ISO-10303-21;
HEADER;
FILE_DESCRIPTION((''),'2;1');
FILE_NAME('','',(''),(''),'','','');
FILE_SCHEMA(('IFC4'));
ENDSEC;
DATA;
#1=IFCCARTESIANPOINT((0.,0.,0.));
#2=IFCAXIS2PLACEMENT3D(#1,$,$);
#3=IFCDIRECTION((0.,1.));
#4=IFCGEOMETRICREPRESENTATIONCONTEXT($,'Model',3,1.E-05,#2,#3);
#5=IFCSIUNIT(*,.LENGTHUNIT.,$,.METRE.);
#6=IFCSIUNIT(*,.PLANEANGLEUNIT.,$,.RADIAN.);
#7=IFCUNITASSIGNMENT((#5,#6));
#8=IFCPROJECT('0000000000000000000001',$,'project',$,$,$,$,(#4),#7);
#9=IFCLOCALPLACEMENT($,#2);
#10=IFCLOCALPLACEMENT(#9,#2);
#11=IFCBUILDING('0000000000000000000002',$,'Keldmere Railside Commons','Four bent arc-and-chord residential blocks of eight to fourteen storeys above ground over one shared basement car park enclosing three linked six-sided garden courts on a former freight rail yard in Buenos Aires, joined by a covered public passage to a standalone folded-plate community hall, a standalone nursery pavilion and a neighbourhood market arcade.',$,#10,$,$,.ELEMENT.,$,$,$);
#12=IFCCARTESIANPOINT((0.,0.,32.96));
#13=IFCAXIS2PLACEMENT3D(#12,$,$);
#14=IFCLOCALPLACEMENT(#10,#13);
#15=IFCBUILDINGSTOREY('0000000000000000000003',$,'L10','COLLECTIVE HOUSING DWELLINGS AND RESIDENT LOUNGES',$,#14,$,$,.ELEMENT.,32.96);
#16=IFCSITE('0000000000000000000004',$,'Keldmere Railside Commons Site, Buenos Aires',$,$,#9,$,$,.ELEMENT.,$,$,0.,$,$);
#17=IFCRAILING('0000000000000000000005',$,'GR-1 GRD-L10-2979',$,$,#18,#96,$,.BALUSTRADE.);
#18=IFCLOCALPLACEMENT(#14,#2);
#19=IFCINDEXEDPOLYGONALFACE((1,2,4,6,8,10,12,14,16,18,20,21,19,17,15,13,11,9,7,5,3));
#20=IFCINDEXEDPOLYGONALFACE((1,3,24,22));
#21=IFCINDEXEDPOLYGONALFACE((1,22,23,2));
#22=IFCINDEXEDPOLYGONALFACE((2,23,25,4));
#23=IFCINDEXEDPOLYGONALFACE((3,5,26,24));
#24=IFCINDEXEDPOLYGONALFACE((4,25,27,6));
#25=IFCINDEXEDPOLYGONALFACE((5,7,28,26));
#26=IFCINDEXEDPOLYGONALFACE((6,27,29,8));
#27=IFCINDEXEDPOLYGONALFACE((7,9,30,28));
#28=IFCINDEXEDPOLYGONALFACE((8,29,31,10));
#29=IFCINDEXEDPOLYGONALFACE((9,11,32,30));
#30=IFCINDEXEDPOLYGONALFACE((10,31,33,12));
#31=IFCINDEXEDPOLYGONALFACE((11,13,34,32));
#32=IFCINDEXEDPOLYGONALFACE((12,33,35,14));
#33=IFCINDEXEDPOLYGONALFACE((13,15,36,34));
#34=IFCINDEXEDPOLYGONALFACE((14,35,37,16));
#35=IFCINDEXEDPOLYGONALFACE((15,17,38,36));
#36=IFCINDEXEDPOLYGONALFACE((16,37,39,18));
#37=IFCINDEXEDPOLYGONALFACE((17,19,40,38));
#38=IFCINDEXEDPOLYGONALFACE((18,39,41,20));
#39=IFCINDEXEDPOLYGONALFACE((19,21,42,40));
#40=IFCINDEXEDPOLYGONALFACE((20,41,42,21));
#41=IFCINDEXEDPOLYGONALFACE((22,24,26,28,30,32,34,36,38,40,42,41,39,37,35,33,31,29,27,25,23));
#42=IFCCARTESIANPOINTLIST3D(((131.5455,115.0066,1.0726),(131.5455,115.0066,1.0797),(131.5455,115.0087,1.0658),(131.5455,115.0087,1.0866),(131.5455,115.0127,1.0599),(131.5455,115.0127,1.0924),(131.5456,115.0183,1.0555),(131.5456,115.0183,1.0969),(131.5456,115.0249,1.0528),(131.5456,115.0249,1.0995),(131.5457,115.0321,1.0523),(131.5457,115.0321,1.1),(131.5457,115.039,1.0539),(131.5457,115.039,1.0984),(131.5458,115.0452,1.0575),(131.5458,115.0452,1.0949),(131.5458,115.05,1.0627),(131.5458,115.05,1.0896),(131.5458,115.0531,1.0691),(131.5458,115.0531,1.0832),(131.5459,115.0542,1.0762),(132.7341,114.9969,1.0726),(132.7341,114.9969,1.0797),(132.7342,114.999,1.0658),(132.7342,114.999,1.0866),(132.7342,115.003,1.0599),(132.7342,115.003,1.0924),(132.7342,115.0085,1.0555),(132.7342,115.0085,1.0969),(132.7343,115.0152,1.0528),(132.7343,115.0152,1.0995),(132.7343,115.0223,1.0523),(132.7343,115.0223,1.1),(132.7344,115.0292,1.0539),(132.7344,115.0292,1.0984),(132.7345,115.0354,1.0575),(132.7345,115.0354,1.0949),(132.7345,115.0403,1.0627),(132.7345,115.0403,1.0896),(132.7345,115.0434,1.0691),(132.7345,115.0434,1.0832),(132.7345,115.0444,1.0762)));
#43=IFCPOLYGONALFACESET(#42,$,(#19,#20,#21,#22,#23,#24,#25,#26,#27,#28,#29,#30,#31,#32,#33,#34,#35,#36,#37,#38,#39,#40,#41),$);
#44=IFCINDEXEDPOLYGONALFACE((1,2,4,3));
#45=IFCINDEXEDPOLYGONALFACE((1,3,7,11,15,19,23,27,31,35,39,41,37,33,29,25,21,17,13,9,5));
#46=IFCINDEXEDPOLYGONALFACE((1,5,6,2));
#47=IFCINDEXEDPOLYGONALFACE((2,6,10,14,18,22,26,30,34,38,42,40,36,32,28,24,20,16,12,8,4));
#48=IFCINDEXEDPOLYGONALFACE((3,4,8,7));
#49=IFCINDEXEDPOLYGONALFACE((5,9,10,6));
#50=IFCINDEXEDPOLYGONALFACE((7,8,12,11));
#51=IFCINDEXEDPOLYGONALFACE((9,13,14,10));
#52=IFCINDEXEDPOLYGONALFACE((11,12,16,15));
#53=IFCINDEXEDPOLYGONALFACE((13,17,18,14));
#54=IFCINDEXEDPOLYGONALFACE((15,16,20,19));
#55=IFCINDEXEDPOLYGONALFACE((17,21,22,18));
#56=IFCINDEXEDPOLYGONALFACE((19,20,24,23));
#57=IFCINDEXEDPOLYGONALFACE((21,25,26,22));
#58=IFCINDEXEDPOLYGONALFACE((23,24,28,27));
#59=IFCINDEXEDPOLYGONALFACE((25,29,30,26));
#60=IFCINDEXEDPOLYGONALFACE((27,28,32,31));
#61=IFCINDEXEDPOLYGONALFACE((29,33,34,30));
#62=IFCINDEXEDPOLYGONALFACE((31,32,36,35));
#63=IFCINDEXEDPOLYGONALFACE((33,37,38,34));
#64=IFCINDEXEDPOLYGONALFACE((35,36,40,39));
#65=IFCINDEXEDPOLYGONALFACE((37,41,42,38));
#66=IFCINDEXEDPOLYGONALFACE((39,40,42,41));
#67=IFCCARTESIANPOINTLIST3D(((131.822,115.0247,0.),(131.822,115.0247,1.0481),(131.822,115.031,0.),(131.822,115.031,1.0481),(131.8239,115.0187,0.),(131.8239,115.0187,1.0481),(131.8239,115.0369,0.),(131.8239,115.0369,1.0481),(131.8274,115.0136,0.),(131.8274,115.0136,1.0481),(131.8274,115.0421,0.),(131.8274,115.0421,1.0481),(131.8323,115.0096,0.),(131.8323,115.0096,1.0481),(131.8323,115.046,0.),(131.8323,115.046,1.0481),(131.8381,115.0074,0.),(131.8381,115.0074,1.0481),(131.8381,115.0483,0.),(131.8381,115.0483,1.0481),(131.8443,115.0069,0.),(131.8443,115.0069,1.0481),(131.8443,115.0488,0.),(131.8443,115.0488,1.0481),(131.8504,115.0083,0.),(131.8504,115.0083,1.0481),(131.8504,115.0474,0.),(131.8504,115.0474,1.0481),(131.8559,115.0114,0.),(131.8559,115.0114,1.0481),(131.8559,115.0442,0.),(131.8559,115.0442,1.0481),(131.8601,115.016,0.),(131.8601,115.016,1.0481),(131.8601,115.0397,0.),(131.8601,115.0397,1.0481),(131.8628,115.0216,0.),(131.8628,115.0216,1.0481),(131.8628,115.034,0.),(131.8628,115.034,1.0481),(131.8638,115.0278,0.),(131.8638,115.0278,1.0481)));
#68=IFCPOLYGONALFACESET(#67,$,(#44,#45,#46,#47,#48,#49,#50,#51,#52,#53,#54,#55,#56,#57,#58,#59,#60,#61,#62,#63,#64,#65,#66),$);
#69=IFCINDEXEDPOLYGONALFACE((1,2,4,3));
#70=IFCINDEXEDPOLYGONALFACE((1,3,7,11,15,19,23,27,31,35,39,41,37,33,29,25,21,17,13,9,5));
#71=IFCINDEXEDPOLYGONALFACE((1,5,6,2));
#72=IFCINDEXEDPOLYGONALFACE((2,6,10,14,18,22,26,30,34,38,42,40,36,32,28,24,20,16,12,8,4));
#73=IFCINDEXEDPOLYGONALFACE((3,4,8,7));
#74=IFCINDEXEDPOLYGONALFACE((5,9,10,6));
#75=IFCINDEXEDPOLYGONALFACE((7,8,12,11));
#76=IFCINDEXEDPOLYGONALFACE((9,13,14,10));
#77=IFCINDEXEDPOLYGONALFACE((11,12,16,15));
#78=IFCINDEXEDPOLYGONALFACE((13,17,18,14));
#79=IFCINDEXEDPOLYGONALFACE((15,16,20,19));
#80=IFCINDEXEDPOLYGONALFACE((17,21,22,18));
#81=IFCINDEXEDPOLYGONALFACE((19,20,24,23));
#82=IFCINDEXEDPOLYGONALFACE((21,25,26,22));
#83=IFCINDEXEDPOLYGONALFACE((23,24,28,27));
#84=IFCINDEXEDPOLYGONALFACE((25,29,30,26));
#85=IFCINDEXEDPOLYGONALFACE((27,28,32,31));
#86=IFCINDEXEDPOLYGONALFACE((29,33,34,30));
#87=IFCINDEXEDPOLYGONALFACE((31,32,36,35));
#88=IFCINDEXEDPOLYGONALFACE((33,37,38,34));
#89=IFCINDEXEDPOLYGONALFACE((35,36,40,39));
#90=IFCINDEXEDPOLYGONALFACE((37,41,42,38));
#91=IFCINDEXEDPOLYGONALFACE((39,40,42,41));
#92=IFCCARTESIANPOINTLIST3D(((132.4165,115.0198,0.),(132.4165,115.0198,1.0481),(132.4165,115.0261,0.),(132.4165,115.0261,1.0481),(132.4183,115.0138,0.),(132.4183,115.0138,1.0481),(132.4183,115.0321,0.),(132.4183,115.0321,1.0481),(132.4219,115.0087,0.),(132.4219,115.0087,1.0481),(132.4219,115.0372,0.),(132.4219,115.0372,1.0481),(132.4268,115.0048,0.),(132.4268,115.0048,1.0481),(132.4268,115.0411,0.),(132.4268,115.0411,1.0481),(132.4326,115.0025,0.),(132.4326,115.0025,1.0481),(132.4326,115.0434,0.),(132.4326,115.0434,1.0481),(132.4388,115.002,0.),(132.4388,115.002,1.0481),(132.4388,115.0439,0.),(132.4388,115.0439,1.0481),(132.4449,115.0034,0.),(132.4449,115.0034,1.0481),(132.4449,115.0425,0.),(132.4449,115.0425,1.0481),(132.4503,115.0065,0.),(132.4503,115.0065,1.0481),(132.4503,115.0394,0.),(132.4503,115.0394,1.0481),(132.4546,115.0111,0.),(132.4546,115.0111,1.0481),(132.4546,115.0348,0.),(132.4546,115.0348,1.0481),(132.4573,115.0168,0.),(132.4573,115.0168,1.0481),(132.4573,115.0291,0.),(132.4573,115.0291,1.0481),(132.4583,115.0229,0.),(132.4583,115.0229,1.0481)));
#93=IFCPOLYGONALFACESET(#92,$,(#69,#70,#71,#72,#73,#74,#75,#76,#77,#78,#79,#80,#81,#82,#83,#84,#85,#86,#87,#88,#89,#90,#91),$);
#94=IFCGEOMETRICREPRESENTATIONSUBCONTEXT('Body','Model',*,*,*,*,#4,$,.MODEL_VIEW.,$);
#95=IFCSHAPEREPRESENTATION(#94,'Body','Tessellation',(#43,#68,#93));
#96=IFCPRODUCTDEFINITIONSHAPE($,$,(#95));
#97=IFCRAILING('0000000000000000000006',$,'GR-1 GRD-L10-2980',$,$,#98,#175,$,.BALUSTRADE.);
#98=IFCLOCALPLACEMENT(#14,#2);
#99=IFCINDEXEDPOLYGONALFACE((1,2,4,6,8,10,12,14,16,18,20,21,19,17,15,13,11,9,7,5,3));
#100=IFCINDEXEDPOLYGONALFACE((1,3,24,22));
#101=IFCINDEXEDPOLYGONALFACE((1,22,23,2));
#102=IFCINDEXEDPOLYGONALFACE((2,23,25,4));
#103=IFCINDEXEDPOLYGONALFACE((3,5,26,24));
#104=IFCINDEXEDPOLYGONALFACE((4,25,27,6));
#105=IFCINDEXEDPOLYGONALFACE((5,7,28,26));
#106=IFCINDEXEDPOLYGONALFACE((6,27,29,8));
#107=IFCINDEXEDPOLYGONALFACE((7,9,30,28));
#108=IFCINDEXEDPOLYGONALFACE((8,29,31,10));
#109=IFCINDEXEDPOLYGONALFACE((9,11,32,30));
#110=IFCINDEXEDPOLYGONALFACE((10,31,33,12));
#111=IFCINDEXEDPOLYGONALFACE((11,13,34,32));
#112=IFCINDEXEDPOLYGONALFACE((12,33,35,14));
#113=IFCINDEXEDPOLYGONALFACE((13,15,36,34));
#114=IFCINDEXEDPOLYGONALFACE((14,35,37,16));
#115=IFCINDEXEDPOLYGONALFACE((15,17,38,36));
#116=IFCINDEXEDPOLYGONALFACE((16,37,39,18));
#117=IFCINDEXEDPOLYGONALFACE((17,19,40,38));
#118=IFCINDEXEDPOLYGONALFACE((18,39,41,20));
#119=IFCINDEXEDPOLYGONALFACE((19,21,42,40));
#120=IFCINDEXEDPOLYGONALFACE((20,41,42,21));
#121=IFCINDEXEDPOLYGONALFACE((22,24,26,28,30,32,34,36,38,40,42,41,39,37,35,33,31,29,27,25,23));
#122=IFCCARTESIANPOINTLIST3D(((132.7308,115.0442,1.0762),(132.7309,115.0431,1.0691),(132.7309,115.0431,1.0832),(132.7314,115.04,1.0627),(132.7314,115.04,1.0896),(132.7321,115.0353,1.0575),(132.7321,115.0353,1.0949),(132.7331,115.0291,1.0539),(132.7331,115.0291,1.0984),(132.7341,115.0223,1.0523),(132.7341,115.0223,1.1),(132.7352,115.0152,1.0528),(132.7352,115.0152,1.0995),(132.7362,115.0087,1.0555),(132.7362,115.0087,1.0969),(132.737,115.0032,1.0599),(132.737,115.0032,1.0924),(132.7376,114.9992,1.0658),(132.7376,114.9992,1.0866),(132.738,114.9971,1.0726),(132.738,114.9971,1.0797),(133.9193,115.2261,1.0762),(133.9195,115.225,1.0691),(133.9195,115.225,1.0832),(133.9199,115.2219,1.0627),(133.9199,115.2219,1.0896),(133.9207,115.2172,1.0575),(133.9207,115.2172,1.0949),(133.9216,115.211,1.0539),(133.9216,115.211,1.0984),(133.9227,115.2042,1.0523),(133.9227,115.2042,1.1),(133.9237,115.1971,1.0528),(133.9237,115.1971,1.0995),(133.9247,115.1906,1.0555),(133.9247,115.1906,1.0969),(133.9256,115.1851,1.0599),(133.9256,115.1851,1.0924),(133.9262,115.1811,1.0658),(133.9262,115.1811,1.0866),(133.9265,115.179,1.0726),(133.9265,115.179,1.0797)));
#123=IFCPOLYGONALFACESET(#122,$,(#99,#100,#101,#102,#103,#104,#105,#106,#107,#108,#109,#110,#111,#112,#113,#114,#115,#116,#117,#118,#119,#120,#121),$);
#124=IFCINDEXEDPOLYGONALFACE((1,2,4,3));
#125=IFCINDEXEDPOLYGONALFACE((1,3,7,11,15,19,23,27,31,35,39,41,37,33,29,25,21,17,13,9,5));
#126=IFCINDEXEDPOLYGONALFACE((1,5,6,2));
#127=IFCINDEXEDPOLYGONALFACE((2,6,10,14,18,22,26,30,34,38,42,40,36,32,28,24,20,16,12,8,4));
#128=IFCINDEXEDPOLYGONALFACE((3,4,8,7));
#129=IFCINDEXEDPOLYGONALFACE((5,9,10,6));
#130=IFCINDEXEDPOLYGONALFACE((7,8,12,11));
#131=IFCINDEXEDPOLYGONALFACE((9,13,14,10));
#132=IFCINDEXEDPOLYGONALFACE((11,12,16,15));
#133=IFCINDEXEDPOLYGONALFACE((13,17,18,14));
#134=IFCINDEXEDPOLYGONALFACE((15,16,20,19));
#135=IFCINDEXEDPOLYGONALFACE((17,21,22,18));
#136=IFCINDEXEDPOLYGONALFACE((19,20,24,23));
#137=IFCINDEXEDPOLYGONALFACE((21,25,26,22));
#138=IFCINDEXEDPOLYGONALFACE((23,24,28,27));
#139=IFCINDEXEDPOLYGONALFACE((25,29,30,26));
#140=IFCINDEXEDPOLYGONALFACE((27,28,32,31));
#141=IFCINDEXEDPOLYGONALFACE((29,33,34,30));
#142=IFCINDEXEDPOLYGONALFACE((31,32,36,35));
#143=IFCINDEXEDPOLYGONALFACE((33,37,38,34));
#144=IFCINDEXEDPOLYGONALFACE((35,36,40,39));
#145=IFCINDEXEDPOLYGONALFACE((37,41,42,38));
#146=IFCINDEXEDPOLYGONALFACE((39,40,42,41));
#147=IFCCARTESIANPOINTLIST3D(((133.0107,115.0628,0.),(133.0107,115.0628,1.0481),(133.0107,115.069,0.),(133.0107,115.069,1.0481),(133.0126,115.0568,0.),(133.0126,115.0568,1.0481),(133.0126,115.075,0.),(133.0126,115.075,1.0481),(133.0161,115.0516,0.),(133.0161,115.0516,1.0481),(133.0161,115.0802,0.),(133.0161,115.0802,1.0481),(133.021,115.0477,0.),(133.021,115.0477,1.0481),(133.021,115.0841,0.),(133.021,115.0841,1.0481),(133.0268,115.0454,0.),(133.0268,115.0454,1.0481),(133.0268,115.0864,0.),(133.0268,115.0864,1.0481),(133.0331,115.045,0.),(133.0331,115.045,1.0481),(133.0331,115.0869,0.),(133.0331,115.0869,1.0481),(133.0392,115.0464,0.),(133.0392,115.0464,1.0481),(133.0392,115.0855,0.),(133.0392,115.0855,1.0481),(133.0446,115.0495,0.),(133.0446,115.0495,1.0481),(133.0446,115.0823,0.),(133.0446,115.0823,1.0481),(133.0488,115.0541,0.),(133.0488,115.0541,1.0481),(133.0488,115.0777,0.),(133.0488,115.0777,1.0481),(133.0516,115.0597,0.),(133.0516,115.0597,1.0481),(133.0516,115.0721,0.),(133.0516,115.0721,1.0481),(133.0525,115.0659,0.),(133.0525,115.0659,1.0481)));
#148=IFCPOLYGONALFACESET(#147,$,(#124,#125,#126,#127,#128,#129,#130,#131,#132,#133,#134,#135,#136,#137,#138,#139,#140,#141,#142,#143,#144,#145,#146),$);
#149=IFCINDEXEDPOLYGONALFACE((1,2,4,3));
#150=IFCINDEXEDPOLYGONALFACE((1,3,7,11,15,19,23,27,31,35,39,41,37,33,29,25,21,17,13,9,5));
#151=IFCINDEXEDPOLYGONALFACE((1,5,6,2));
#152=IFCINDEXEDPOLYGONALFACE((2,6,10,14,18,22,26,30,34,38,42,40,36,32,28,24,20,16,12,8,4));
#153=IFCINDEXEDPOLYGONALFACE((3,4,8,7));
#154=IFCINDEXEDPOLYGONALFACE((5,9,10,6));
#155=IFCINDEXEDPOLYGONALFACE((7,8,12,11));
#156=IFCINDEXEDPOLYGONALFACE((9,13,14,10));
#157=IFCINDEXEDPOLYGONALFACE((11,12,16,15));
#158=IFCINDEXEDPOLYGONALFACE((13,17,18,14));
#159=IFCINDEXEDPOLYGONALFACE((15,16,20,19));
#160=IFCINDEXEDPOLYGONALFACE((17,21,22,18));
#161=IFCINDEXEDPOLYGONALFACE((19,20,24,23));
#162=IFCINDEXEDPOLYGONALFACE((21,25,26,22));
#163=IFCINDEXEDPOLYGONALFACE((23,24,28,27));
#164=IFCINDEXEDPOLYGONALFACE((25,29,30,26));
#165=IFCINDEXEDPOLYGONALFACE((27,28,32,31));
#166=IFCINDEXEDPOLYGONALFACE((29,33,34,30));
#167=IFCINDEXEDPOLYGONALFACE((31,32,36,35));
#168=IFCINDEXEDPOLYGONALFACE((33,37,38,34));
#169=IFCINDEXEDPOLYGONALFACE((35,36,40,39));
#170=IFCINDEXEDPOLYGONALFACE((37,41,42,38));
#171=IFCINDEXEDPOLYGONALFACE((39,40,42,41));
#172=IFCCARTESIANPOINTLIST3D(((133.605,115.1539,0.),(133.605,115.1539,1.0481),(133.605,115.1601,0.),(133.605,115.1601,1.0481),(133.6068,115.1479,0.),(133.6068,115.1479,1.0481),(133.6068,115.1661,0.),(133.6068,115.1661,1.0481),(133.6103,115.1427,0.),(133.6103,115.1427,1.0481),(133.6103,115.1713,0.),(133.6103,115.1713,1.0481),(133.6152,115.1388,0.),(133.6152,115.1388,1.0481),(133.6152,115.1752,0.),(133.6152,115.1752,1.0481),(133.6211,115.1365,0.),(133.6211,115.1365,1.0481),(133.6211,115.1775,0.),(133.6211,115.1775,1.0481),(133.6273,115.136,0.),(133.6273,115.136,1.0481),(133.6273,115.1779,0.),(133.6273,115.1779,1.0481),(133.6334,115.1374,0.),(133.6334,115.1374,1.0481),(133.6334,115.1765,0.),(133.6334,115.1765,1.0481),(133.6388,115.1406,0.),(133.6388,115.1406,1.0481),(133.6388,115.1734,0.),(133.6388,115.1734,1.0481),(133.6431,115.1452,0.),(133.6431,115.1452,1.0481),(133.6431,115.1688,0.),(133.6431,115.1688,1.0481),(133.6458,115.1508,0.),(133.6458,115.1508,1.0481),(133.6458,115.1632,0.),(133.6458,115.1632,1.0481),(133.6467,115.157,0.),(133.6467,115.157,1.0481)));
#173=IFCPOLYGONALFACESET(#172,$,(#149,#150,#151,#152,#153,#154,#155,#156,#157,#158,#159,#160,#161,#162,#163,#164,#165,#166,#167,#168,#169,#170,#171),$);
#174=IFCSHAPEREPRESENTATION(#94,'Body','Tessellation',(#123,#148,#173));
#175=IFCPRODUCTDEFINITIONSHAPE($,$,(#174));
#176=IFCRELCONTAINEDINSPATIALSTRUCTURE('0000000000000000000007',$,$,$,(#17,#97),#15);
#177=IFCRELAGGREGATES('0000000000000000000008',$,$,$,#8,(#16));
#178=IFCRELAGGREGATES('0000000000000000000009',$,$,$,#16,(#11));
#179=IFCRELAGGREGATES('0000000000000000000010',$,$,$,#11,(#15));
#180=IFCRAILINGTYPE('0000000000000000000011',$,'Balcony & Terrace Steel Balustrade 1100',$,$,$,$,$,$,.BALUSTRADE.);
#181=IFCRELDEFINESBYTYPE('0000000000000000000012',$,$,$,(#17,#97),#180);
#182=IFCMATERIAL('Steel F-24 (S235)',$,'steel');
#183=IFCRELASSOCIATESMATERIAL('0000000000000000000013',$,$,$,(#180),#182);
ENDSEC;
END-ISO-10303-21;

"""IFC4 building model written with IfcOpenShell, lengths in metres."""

from ifc_helpers import new_model, si_unit, direction, frame, origin, origin_2d, place, context, subcontext, project, spatial, circle, extrude, material, type_object, element, save


model = new_model("IFC4")

# Units and contexts
model_context = context("Model", 3, precision=1e-05, world=origin(), true_north=direction((0.0, 1.0)))
body_context = subcontext(model_context, "Body", "Model", "MODEL_VIEW")
ifc_project = project(units=[si_unit("LENGTHUNIT", "METRE"), si_unit("PLANEANGLEUNIT", "RADIAN")], contexts=[model_context])

# Site, building, storey
site_placement = place(None, origin())
site = spatial("IfcSite", under=ifc_project, at=site_placement, Name="Keldmere Railside Commons Site, Buenos Aires", CompositionType="ELEMENT", RefElevation=0.0)
building_placement = place(site_placement, origin())
building = spatial("IfcBuilding", under=site, at=building_placement, Name="Keldmere Railside Commons", Description="Four bent arc-and-chord residential blocks of eight to fourteen storeys above ground over one shared basement car park enclosing three linked six-sided garden courts on a former freight rail yard in Buenos Aires, joined by a covered public passage to a standalone folded-plate community hall, a standalone nursery pavilion and a neighbourhood market arcade.", CompositionType="ELEMENT")
storey_placement = place(building_placement, frame((0.0, 0.0, 32.96)))
storey = spatial("IfcBuildingStorey", under=building, at=storey_placement, Name="L10", Description="COLLECTIVE HOUSING DWELLINGS AND RESIDENT LOUNGES", CompositionType="ELEMENT", Elevation=32.96)

# Railings
ifc_material_1 = material(Name="Steel F-24 (S235)", Category="steel")
railing_type_1 = type_object("IfcRailingType", Name="Balcony & Terrace Steel Balustrade 1100", PredefinedType="BALUSTRADE", material=ifc_material_1)
railing_1_placement = place(storey_placement, frame((131.5457, 115.0303, 0.0)))
element("IfcRailing", 1, at=railing_1_placement, inside=storey, type_object=railing_type_1, Name="GR-1 GRD-L10-2979", PredefinedType="BALUSTRADE", context=body_context, shape_type="SweptSolid", body=[
    extrude(circle(Radius=0.0239, at=origin_2d()), frame((0.0, 0.0, 1.0762), z_axis=(0.999966, -0.008215, 0.0), x_axis=(0.008215, 0.999966, 0.0)), (0.0, 0.0, 1.0), 1.1887),
    extrude(circle(Radius=0.021, at=origin_2d()), frame((0.2971, -0.0024, 0.0)), (0.0, 0.0, 1.0), 1.0481),
    extrude(circle(Radius=0.021, at=origin_2d()), frame((0.8916, -0.0073, 0.0)), (0.0, 0.0, 1.0), 1.0481),
])
railing_2_placement = place(storey_placement, frame((132.7344, 115.0205, 0.0)))
element("IfcRailing", 2, at=railing_2_placement, inside=storey, type_object=railing_type_1, Name="GR-1 GRD-L10-2980", PredefinedType="BALUSTRADE", context=body_context, shape_type="SweptSolid", body=[
    extrude(circle(Radius=0.0239, at=origin_2d()), frame((0.0, 0.0, 1.0762), z_axis=(0.988491, 0.151279, 0.0), x_axis=(-0.151279, 0.988491, 0.0)), (0.0, 0.0, 1.0), 1.2024),
    extrude(circle(Radius=0.021, at=origin_2d()), frame((0.2971, 0.0454, 0.0)), (0.0, 0.0, 1.0), 1.0481),
    extrude(circle(Radius=0.021, at=origin_2d()), frame((0.8914, 0.1365, 0.0)), (0.0, 0.0, 1.0), 1.0481),
])

save(model, "model.ifc")
